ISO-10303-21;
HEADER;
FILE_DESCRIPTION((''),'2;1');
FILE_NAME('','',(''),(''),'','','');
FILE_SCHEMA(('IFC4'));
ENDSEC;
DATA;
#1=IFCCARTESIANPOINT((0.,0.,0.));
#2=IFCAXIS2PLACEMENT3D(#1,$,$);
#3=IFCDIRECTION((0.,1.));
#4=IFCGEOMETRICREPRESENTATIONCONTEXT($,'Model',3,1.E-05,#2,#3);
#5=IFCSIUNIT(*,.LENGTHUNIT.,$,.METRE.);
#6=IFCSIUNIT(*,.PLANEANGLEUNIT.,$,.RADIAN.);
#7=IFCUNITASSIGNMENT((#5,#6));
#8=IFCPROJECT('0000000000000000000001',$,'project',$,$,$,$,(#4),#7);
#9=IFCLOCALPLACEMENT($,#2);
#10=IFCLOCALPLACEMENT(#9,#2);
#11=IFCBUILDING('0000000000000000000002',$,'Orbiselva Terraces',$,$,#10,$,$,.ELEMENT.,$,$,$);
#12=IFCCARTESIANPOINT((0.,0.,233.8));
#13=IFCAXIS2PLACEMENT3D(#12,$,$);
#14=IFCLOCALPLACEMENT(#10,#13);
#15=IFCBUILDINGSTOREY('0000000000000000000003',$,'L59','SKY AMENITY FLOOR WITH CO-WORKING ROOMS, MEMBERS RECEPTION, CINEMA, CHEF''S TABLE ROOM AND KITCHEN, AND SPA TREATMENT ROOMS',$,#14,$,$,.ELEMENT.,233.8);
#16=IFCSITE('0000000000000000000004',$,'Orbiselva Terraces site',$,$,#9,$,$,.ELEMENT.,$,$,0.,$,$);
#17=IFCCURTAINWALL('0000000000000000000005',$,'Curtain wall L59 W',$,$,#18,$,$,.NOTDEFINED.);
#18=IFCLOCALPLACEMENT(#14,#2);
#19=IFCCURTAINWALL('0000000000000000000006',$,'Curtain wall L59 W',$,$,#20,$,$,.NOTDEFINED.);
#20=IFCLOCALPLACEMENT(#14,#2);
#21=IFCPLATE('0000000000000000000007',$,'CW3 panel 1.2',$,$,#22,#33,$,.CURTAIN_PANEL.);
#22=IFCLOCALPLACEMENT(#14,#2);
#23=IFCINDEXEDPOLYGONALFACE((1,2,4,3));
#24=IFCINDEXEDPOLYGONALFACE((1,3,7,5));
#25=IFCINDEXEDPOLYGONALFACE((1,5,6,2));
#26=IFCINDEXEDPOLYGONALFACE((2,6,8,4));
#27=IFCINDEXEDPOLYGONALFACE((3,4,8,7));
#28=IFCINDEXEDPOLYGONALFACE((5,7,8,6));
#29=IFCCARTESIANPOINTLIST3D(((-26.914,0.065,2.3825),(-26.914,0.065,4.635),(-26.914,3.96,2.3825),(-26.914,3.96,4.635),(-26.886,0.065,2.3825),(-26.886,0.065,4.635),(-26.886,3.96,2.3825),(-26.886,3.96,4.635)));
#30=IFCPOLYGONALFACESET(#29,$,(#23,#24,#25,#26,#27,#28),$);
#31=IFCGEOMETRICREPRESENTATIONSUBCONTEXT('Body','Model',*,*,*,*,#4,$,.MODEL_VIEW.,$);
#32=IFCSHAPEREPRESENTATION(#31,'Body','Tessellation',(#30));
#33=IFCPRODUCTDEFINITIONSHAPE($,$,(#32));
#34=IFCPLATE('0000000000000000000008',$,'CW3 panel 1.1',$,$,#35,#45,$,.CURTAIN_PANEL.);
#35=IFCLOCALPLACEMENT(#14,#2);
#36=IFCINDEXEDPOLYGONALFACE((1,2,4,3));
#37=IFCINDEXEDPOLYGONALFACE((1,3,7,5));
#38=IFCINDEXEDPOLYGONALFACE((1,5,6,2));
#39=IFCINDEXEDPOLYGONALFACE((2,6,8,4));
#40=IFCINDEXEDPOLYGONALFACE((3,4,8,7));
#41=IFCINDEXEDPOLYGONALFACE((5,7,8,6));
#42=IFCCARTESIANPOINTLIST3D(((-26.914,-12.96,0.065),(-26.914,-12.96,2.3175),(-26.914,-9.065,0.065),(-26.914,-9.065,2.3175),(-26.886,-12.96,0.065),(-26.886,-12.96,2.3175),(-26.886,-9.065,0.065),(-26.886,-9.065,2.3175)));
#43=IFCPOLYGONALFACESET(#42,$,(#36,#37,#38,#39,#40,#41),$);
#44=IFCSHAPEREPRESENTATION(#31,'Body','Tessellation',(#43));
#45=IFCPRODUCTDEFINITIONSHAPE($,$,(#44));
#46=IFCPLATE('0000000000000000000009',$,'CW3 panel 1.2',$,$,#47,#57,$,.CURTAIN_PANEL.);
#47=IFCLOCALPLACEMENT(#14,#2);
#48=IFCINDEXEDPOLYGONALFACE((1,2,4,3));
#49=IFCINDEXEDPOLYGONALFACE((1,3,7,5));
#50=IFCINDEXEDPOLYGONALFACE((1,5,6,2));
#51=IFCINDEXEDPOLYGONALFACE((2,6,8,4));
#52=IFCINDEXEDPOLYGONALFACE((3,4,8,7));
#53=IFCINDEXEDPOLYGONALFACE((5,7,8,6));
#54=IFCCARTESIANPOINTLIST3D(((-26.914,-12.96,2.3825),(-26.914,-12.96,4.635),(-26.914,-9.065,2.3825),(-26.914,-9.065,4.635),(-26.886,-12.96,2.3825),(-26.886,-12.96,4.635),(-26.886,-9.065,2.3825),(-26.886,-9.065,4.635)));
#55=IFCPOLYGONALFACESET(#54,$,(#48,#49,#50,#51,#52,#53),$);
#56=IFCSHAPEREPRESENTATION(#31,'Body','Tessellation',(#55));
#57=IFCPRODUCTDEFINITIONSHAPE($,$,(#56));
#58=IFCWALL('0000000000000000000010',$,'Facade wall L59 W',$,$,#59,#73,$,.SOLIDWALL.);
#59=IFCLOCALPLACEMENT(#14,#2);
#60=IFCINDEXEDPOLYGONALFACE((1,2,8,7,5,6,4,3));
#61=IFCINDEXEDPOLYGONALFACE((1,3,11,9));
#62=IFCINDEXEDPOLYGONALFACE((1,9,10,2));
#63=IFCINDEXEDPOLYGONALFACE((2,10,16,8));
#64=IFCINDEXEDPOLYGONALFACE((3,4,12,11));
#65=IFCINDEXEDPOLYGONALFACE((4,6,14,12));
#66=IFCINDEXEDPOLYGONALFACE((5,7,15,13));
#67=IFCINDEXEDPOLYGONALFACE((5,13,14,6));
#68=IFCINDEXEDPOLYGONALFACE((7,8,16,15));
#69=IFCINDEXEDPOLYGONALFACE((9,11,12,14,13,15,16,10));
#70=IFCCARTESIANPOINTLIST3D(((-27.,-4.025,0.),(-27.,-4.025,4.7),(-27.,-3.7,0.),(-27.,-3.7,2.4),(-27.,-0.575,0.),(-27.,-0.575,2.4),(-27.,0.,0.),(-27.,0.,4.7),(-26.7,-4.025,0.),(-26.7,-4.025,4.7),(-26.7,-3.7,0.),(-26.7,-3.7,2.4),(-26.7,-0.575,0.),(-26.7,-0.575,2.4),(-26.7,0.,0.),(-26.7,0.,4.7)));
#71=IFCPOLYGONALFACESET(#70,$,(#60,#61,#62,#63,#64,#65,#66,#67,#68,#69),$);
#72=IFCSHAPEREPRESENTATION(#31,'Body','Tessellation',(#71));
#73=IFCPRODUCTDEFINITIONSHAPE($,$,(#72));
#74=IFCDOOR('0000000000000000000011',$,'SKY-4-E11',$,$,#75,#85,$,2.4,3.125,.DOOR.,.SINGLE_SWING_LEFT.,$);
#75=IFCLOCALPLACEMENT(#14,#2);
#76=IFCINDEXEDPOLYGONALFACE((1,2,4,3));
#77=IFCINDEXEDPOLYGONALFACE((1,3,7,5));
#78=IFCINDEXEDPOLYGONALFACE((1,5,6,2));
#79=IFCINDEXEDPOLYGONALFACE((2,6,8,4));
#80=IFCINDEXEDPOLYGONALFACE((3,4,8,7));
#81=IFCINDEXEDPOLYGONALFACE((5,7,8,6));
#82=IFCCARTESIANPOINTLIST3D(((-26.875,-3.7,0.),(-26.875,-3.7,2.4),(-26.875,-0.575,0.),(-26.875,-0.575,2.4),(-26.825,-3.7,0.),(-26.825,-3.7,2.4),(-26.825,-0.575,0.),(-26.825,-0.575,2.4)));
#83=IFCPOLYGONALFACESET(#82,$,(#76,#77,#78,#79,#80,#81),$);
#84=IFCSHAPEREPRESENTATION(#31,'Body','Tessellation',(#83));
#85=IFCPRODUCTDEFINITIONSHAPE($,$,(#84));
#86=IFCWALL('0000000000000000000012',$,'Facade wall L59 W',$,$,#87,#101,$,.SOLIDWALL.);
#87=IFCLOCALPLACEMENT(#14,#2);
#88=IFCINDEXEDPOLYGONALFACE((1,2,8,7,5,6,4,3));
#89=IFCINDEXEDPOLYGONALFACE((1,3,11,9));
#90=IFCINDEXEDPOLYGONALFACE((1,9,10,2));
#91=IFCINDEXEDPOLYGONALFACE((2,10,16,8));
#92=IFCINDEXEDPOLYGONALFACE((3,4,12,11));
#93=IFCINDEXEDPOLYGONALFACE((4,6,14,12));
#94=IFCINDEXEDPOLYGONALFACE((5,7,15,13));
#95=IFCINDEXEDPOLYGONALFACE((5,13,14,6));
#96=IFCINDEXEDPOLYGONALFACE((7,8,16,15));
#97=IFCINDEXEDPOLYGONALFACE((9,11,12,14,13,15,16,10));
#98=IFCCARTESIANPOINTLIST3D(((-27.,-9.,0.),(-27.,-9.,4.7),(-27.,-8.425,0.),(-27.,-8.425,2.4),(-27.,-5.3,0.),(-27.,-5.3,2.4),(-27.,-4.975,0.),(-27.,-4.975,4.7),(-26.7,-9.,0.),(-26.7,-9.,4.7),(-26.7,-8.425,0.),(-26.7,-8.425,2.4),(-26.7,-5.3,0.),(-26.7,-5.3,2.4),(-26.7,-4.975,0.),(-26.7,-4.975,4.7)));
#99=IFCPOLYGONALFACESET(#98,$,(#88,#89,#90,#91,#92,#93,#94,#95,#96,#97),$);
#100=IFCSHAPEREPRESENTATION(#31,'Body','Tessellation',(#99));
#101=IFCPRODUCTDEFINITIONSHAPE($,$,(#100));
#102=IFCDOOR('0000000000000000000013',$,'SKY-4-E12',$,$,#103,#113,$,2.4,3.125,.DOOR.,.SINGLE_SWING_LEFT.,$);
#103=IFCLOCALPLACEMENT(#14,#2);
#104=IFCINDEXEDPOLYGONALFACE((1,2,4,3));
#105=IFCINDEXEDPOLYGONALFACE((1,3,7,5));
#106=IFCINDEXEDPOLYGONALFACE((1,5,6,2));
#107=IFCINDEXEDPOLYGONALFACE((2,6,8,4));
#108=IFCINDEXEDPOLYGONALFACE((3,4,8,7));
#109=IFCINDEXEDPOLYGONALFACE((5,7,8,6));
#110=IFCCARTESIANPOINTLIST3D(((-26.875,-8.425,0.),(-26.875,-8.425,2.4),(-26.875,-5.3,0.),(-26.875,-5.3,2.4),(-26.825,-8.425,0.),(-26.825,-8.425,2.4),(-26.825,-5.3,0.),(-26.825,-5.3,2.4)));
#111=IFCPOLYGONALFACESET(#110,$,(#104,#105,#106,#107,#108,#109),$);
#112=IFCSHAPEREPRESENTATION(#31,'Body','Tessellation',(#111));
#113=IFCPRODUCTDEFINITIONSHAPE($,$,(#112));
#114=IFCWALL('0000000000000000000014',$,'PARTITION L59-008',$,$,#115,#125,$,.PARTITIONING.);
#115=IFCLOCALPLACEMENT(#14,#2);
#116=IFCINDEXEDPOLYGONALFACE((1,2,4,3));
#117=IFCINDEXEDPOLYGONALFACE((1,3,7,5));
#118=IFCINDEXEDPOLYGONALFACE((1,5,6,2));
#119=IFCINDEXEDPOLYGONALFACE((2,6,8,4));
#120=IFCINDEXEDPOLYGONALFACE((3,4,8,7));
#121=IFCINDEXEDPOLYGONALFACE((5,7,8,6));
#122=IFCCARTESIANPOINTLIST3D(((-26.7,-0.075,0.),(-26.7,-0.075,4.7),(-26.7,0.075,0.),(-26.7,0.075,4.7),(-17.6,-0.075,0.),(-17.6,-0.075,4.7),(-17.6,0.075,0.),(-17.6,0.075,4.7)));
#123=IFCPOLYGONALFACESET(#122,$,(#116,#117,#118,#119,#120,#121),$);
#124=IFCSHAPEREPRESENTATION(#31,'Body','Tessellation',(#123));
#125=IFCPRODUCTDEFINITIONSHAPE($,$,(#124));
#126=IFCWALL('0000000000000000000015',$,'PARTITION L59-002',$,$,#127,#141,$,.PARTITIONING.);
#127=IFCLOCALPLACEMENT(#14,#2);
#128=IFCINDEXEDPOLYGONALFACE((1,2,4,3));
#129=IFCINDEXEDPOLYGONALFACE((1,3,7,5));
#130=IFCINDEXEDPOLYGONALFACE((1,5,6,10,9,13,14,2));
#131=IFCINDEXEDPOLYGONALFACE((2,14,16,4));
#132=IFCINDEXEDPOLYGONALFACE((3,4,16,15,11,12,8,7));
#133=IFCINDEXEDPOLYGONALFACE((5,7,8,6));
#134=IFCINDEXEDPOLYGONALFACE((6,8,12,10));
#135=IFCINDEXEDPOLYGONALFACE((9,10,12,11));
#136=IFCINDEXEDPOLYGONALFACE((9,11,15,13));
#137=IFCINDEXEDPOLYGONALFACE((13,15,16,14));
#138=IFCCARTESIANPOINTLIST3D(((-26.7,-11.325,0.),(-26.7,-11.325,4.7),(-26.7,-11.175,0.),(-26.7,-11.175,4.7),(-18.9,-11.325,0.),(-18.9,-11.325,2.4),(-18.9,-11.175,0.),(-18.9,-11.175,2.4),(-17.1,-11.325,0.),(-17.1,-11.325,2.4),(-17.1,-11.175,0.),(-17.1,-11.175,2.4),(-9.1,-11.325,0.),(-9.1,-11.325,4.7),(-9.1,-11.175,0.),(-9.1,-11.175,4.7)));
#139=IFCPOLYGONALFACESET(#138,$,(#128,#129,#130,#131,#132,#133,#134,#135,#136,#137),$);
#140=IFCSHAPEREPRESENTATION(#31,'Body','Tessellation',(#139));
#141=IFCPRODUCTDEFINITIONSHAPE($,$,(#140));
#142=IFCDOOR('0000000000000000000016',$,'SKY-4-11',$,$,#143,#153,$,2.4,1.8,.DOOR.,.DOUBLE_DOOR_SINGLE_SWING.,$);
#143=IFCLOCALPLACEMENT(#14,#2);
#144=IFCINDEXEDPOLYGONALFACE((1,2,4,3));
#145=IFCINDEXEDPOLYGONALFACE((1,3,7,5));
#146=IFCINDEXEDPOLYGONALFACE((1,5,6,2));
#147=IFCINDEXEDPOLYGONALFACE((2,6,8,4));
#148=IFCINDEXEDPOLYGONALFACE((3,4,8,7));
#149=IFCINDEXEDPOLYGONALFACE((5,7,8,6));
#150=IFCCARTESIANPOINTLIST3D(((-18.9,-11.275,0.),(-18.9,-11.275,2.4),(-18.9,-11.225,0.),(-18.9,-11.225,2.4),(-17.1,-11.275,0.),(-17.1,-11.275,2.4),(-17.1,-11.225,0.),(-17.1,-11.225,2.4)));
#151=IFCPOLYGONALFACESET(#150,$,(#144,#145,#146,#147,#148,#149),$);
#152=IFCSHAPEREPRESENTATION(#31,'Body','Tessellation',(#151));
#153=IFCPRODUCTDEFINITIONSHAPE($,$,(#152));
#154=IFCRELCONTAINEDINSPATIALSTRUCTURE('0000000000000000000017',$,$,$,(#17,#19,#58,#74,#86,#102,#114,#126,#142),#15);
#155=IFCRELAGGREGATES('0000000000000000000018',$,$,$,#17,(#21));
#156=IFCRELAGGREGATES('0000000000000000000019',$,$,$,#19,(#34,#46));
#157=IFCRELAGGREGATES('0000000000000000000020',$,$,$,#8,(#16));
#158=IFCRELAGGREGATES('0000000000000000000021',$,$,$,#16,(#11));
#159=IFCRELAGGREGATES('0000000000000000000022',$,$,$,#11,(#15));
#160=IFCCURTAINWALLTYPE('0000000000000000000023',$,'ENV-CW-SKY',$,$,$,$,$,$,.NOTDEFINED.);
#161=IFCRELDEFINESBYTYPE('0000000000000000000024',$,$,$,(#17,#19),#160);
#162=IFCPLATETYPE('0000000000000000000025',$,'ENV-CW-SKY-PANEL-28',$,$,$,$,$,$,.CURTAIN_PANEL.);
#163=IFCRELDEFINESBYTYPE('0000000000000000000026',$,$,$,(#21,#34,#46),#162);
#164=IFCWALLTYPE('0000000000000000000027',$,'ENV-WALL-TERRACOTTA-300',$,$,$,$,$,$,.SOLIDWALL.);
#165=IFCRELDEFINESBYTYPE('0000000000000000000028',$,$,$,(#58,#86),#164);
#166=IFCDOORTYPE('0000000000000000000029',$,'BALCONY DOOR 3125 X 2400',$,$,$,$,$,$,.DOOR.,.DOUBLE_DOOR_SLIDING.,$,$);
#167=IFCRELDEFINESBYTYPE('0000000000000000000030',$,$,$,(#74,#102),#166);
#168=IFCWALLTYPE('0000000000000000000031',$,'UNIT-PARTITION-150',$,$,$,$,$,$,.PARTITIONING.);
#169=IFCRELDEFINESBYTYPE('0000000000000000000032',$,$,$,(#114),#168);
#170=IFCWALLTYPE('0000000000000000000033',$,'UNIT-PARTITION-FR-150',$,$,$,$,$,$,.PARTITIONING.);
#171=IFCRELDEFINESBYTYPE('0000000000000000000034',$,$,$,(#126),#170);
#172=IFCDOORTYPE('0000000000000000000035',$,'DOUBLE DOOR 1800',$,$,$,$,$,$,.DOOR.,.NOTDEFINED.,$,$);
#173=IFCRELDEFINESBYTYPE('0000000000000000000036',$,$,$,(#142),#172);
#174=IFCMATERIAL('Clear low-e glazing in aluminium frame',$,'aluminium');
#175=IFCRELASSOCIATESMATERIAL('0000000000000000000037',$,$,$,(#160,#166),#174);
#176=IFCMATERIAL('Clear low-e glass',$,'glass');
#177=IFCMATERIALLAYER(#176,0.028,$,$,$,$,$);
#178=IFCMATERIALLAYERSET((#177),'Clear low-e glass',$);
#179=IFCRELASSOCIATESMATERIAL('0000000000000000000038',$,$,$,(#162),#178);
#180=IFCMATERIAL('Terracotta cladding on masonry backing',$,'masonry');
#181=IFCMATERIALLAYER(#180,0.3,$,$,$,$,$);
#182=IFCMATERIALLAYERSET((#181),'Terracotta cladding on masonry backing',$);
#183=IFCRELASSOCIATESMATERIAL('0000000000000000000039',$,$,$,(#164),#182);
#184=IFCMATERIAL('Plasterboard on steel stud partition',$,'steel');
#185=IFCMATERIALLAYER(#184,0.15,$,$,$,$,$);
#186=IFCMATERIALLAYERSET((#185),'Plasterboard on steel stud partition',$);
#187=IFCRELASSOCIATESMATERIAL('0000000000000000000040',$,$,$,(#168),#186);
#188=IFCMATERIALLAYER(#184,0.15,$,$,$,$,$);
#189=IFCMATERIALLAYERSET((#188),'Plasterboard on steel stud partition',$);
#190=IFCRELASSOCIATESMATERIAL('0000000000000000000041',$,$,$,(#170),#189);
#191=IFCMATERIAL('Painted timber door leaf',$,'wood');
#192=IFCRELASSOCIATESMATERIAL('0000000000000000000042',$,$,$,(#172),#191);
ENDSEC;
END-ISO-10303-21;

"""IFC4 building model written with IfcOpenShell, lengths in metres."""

from ifc_helpers import new_model, si_unit, direction, frame, frame_2d, origin, origin_2d, place, context, subcontext, project, spatial, rectangle, extrude, material, layer, layer_set, type_object, element, fill, aggregate, save


model = new_model("IFC4")

# Units and contexts
model_context = context("Model", 3, precision=1e-05, world=origin(), true_north=direction((0.0, 1.0)))
body_context = subcontext(model_context, "Body", "Model", "MODEL_VIEW")
ifc_project = project(units=[si_unit("LENGTHUNIT", "METRE"), si_unit("PLANEANGLEUNIT", "RADIAN")], contexts=[model_context])

# Site, building, storey
site_placement = place(None, origin())
site = spatial("IfcSite", under=ifc_project, at=site_placement, Name="Orbiselva Terraces site", CompositionType="ELEMENT", RefElevation=0.0)
building_placement = place(site_placement, origin())
building = spatial("IfcBuilding", under=site, at=building_placement, Name="Orbiselva Terraces", CompositionType="ELEMENT")
storey_placement = place(building_placement, frame((0.0, 0.0, 233.8)))
storey = spatial("IfcBuildingStorey", under=building, at=storey_placement, Name="L59", Description="SKY AMENITY FLOOR WITH CO-WORKING ROOMS, MEMBERS RECEPTION, CINEMA, CHEF'S TABLE ROOM AND KITCHEN, AND SPA TREATMENT ROOMS", CompositionType="ELEMENT", Elevation=233.8)

# Curtain wall
ifc_material_1 = material(Name="Clear low-e glazing in aluminium frame", Category="aluminium")
curtain_wall_type = type_object("IfcCurtainWallType", Name="ENV-CW-SKY", PredefinedType="NOTDEFINED", material=ifc_material_1)
curtain_wall_1_placement = place(storey_placement, origin())
curtain_wall_1 = element("IfcCurtainWall", 1, at=curtain_wall_1_placement, inside=storey, type_object=curtain_wall_type, Name="Curtain wall L59 W", PredefinedType="NOTDEFINED")

# Curtain wall
curtain_wall_2_placement = place(storey_placement, origin())
curtain_wall_2 = element("IfcCurtainWall", 2, at=curtain_wall_2_placement, inside=storey, type_object=curtain_wall_type, Name="Curtain wall L59 W", PredefinedType="NOTDEFINED")

# Plates
ifc_material_2 = material(Name="Clear low-e glass", Category="glass")
ifc_layer_1 = layer(ifc_material_2, 0.028)
ifc_layer_set_1 = layer_set([ifc_layer_1], Name="Clear low-e glass")
plate_type = type_object("IfcPlateType", Name="ENV-CW-SKY-PANEL-28", PredefinedType="CURTAIN_PANEL", material=ifc_layer_set_1)
plate_1_placement = place(storey_placement, frame((-26.9, 2.0125, 2.3825), z_axis=(0.0, 0.0, 1.0), x_axis=(0.0, -1.0, 0.0)))
plate_1 = element("IfcPlate", 3, at=plate_1_placement, type_object=plate_type, Name="CW3 panel 1.2", PredefinedType="CURTAIN_PANEL", context=body_context, shape_type="SweptSolid", body=[
    extrude(rectangle(XDim=3.895, YDim=0.028, at=origin_2d()), origin(), (0.0, 0.0, 1.0), 2.2525),
])
aggregate(curtain_wall_1, [plate_1])
plate_2_placement = place(storey_placement, frame((-26.9, -11.0125, 0.065), z_axis=(0.0, 0.0, 1.0), x_axis=(0.0, -1.0, 0.0)))
plate_2 = element("IfcPlate", 4, at=plate_2_placement, type_object=plate_type, Name="CW3 panel 1.1", PredefinedType="CURTAIN_PANEL", context=body_context, shape_type="SweptSolid", body=[
    extrude(rectangle(XDim=3.895, YDim=0.028, at=origin_2d()), origin(), (0.0, 0.0, 1.0), 2.2525),
])
plate_3_placement = place(storey_placement, frame((-26.9, -11.0125, 2.3825), z_axis=(0.0, 0.0, 1.0), x_axis=(0.0, -1.0, 0.0)))
plate_3 = element("IfcPlate", 5, at=plate_3_placement, type_object=plate_type, Name="CW3 panel 1.2", PredefinedType="CURTAIN_PANEL", context=body_context, shape_type="SweptSolid", body=[
    extrude(rectangle(XDim=3.895, YDim=0.028, at=origin_2d()), origin(), (0.0, 0.0, 1.0), 2.2525),
])
aggregate(curtain_wall_2, [plate_2, plate_3])

# Walls, openings, doors
ifc_material_3 = material(Name="Terracotta cladding on masonry backing", Category="masonry")
ifc_layer_2 = layer(ifc_material_3, 0.3)
ifc_layer_set_2 = layer_set([ifc_layer_2], Name="Terracotta cladding on masonry backing")
wall_type_1 = type_object("IfcWallType", Name="ENV-WALL-TERRACOTTA-300", PredefinedType="SOLIDWALL", material=ifc_layer_set_2)
wall_1_placement = place(storey_placement, frame((-26.85, -4.025, 0.0), z_axis=(0.0, 0.0, 1.0), x_axis=(0.0, 1.0, 0.0)))
wall_1 = element("IfcWall", 6, at=wall_1_placement, inside=storey, type_object=wall_type_1, Name="Facade wall L59 W", PredefinedType="SOLIDWALL", context=body_context, shape_type="SweptSolid", body=[
    extrude(rectangle(XDim=4.025, YDim=0.3, at=frame_2d((2.0125, 0.0))), origin(), (0.0, 0.0, 1.0), 4.7),
])
opening_1_placement = place(wall_1_placement, frame((0.325, 0.0, 0.0)))
opening_1 = element("IfcOpeningElement", 7, at=opening_1_placement, cuts=wall_1, PredefinedType="OPENING", context=body_context, shape_type="SweptSolid", body=[
    extrude(rectangle(XDim=3.125, YDim=2.4, at=frame_2d((1.5625, 1.2))), frame((0.0, 0.16, 0.0), z_axis=(0.0, -1.0, 0.0), x_axis=(1.0, 0.0, 0.0)), (0.0, 0.0, 1.0), 0.32),
])
door_type_1 = type_object("IfcDoorType", Name="BALCONY DOOR 3125 X 2400", OperationType="DOUBLE_DOOR_SLIDING", PredefinedType="DOOR", material=ifc_material_1)
door_1_placement = place(opening_1_placement, origin())
door_1 = element("IfcDoor", 8, at=door_1_placement, inside=storey, type_object=door_type_1, Name="SKY-4-E11", OperationType="SINGLE_SWING_LEFT", OverallHeight=2.4, OverallWidth=3.125, PredefinedType="DOOR", context=body_context, shape_type="SweptSolid", body=[
    extrude(rectangle(XDim=3.125, YDim=2.4, at=frame_2d((1.5625, 1.2))), frame((0.0, 0.025, 0.0), z_axis=(0.0, -1.0, 0.0), x_axis=(1.0, 0.0, 0.0)), (0.0, 0.0, 1.0), 0.05),
])
fill(opening_1, door_1)
wall_2_placement = place(storey_placement, frame((-26.85, -9.0, 0.0), z_axis=(0.0, 0.0, 1.0), x_axis=(0.0, 1.0, 0.0)))
wall_2 = element("IfcWall", 9, at=wall_2_placement, inside=storey, type_object=wall_type_1, Name="Facade wall L59 W", PredefinedType="SOLIDWALL", context=body_context, shape_type="SweptSolid", body=[
    extrude(rectangle(XDim=4.025, YDim=0.3, at=frame_2d((2.0125, 0.0))), origin(), (0.0, 0.0, 1.0), 4.7),
])
opening_2_placement = place(wall_2_placement, frame((0.575, 0.0, 0.0)))
opening_2 = element("IfcOpeningElement", 10, at=opening_2_placement, cuts=wall_2, PredefinedType="OPENING", context=body_context, shape_type="SweptSolid", body=[
    extrude(rectangle(XDim=3.125, YDim=2.4, at=frame_2d((1.5625, 1.2))), frame((0.0, 0.16, 0.0), z_axis=(0.0, -1.0, 0.0), x_axis=(1.0, 0.0, 0.0)), (0.0, 0.0, 1.0), 0.32),
])
door_2_placement = place(opening_2_placement, origin())
door_2 = element("IfcDoor", 11, at=door_2_placement, inside=storey, type_object=door_type_1, Name="SKY-4-E12", OperationType="SINGLE_SWING_LEFT", OverallHeight=2.4, OverallWidth=3.125, PredefinedType="DOOR", context=body_context, shape_type="SweptSolid", body=[
    extrude(rectangle(XDim=3.125, YDim=2.4, at=frame_2d((1.5625, 1.2))), frame((0.0, 0.025, 0.0), z_axis=(0.0, -1.0, 0.0), x_axis=(1.0, 0.0, 0.0)), (0.0, 0.0, 1.0), 0.05),
])
fill(opening_2, door_2)

# Wall
ifc_material_4 = material(Name="Plasterboard on steel stud partition", Category="steel")
ifc_layer_3 = layer(ifc_material_4, 0.15)
ifc_layer_set_3 = layer_set([ifc_layer_3], Name="Plasterboard on steel stud partition")
wall_type_2 = type_object("IfcWallType", Name="UNIT-PARTITION-150", PredefinedType="PARTITIONING", material=ifc_layer_set_3)
wall_3_placement = place(storey_placement, frame((-26.7, 0.0, 0.0), z_axis=(0.0, 0.0, 1.0), x_axis=(1.0, 0.0, 0.0)))
element("IfcWall", 12, at=wall_3_placement, inside=storey, type_object=wall_type_2, Name="PARTITION L59-008", PredefinedType="PARTITIONING", context=body_context, shape_type="SweptSolid", body=[
    extrude(rectangle(XDim=9.1, YDim=0.15, at=frame_2d((4.55, 0.0))), origin(), (0.0, 0.0, 1.0), 4.7),
])

# Wall, opening, door
ifc_layer_4 = layer(ifc_material_4, 0.15)
ifc_layer_set_4 = layer_set([ifc_layer_4], Name="Plasterboard on steel stud partition")
wall_type_3 = type_object("IfcWallType", Name="UNIT-PARTITION-FR-150", PredefinedType="PARTITIONING", material=ifc_layer_set_4)
wall_4_placement = place(storey_placement, frame((-26.7, -11.25, 0.0), z_axis=(0.0, 0.0, 1.0), x_axis=(1.0, 0.0, 0.0)))
wall_4 = element("IfcWall", 13, at=wall_4_placement, inside=storey, type_object=wall_type_3, Name="PARTITION L59-002", PredefinedType="PARTITIONING", context=body_context, shape_type="SweptSolid", body=[
    extrude(rectangle(XDim=17.6, YDim=0.15, at=frame_2d((8.8, 0.0))), origin(), (0.0, 0.0, 1.0), 4.7),
])
opening_3_placement = place(wall_4_placement, frame((7.8, 0.0, 0.0)))
opening_3 = element("IfcOpeningElement", 14, at=opening_3_placement, cuts=wall_4, PredefinedType="OPENING", context=body_context, shape_type="SweptSolid", body=[
    extrude(rectangle(XDim=1.8, YDim=2.4, at=frame_2d((0.9, 1.2))), frame((0.0, 0.085, 0.0), z_axis=(0.0, -1.0, 0.0), x_axis=(1.0, 0.0, 0.0)), (0.0, 0.0, 1.0), 0.17),
])
ifc_material_5 = material(Name="Painted timber door leaf", Category="wood")
door_type_2 = type_object("IfcDoorType", Name="DOUBLE DOOR 1800", OperationType="NOTDEFINED", PredefinedType="DOOR", material=ifc_material_5)
door_3_placement = place(opening_3_placement, origin())
door_3 = element("IfcDoor", 15, at=door_3_placement, inside=storey, type_object=door_type_2, Name="SKY-4-11", OperationType="DOUBLE_DOOR_SINGLE_SWING", OverallHeight=2.4, OverallWidth=1.8, PredefinedType="DOOR", context=body_context, shape_type="SweptSolid", body=[
    extrude(rectangle(XDim=1.8, YDim=2.4, at=frame_2d((0.9, 1.2))), frame((0.0, 0.025, 0.0), z_axis=(0.0, -1.0, 0.0), x_axis=(1.0, 0.0, 0.0)), (0.0, 0.0, 1.0), 0.05),
])
fill(opening_3, door_3)

save(model, "model.ifc")
